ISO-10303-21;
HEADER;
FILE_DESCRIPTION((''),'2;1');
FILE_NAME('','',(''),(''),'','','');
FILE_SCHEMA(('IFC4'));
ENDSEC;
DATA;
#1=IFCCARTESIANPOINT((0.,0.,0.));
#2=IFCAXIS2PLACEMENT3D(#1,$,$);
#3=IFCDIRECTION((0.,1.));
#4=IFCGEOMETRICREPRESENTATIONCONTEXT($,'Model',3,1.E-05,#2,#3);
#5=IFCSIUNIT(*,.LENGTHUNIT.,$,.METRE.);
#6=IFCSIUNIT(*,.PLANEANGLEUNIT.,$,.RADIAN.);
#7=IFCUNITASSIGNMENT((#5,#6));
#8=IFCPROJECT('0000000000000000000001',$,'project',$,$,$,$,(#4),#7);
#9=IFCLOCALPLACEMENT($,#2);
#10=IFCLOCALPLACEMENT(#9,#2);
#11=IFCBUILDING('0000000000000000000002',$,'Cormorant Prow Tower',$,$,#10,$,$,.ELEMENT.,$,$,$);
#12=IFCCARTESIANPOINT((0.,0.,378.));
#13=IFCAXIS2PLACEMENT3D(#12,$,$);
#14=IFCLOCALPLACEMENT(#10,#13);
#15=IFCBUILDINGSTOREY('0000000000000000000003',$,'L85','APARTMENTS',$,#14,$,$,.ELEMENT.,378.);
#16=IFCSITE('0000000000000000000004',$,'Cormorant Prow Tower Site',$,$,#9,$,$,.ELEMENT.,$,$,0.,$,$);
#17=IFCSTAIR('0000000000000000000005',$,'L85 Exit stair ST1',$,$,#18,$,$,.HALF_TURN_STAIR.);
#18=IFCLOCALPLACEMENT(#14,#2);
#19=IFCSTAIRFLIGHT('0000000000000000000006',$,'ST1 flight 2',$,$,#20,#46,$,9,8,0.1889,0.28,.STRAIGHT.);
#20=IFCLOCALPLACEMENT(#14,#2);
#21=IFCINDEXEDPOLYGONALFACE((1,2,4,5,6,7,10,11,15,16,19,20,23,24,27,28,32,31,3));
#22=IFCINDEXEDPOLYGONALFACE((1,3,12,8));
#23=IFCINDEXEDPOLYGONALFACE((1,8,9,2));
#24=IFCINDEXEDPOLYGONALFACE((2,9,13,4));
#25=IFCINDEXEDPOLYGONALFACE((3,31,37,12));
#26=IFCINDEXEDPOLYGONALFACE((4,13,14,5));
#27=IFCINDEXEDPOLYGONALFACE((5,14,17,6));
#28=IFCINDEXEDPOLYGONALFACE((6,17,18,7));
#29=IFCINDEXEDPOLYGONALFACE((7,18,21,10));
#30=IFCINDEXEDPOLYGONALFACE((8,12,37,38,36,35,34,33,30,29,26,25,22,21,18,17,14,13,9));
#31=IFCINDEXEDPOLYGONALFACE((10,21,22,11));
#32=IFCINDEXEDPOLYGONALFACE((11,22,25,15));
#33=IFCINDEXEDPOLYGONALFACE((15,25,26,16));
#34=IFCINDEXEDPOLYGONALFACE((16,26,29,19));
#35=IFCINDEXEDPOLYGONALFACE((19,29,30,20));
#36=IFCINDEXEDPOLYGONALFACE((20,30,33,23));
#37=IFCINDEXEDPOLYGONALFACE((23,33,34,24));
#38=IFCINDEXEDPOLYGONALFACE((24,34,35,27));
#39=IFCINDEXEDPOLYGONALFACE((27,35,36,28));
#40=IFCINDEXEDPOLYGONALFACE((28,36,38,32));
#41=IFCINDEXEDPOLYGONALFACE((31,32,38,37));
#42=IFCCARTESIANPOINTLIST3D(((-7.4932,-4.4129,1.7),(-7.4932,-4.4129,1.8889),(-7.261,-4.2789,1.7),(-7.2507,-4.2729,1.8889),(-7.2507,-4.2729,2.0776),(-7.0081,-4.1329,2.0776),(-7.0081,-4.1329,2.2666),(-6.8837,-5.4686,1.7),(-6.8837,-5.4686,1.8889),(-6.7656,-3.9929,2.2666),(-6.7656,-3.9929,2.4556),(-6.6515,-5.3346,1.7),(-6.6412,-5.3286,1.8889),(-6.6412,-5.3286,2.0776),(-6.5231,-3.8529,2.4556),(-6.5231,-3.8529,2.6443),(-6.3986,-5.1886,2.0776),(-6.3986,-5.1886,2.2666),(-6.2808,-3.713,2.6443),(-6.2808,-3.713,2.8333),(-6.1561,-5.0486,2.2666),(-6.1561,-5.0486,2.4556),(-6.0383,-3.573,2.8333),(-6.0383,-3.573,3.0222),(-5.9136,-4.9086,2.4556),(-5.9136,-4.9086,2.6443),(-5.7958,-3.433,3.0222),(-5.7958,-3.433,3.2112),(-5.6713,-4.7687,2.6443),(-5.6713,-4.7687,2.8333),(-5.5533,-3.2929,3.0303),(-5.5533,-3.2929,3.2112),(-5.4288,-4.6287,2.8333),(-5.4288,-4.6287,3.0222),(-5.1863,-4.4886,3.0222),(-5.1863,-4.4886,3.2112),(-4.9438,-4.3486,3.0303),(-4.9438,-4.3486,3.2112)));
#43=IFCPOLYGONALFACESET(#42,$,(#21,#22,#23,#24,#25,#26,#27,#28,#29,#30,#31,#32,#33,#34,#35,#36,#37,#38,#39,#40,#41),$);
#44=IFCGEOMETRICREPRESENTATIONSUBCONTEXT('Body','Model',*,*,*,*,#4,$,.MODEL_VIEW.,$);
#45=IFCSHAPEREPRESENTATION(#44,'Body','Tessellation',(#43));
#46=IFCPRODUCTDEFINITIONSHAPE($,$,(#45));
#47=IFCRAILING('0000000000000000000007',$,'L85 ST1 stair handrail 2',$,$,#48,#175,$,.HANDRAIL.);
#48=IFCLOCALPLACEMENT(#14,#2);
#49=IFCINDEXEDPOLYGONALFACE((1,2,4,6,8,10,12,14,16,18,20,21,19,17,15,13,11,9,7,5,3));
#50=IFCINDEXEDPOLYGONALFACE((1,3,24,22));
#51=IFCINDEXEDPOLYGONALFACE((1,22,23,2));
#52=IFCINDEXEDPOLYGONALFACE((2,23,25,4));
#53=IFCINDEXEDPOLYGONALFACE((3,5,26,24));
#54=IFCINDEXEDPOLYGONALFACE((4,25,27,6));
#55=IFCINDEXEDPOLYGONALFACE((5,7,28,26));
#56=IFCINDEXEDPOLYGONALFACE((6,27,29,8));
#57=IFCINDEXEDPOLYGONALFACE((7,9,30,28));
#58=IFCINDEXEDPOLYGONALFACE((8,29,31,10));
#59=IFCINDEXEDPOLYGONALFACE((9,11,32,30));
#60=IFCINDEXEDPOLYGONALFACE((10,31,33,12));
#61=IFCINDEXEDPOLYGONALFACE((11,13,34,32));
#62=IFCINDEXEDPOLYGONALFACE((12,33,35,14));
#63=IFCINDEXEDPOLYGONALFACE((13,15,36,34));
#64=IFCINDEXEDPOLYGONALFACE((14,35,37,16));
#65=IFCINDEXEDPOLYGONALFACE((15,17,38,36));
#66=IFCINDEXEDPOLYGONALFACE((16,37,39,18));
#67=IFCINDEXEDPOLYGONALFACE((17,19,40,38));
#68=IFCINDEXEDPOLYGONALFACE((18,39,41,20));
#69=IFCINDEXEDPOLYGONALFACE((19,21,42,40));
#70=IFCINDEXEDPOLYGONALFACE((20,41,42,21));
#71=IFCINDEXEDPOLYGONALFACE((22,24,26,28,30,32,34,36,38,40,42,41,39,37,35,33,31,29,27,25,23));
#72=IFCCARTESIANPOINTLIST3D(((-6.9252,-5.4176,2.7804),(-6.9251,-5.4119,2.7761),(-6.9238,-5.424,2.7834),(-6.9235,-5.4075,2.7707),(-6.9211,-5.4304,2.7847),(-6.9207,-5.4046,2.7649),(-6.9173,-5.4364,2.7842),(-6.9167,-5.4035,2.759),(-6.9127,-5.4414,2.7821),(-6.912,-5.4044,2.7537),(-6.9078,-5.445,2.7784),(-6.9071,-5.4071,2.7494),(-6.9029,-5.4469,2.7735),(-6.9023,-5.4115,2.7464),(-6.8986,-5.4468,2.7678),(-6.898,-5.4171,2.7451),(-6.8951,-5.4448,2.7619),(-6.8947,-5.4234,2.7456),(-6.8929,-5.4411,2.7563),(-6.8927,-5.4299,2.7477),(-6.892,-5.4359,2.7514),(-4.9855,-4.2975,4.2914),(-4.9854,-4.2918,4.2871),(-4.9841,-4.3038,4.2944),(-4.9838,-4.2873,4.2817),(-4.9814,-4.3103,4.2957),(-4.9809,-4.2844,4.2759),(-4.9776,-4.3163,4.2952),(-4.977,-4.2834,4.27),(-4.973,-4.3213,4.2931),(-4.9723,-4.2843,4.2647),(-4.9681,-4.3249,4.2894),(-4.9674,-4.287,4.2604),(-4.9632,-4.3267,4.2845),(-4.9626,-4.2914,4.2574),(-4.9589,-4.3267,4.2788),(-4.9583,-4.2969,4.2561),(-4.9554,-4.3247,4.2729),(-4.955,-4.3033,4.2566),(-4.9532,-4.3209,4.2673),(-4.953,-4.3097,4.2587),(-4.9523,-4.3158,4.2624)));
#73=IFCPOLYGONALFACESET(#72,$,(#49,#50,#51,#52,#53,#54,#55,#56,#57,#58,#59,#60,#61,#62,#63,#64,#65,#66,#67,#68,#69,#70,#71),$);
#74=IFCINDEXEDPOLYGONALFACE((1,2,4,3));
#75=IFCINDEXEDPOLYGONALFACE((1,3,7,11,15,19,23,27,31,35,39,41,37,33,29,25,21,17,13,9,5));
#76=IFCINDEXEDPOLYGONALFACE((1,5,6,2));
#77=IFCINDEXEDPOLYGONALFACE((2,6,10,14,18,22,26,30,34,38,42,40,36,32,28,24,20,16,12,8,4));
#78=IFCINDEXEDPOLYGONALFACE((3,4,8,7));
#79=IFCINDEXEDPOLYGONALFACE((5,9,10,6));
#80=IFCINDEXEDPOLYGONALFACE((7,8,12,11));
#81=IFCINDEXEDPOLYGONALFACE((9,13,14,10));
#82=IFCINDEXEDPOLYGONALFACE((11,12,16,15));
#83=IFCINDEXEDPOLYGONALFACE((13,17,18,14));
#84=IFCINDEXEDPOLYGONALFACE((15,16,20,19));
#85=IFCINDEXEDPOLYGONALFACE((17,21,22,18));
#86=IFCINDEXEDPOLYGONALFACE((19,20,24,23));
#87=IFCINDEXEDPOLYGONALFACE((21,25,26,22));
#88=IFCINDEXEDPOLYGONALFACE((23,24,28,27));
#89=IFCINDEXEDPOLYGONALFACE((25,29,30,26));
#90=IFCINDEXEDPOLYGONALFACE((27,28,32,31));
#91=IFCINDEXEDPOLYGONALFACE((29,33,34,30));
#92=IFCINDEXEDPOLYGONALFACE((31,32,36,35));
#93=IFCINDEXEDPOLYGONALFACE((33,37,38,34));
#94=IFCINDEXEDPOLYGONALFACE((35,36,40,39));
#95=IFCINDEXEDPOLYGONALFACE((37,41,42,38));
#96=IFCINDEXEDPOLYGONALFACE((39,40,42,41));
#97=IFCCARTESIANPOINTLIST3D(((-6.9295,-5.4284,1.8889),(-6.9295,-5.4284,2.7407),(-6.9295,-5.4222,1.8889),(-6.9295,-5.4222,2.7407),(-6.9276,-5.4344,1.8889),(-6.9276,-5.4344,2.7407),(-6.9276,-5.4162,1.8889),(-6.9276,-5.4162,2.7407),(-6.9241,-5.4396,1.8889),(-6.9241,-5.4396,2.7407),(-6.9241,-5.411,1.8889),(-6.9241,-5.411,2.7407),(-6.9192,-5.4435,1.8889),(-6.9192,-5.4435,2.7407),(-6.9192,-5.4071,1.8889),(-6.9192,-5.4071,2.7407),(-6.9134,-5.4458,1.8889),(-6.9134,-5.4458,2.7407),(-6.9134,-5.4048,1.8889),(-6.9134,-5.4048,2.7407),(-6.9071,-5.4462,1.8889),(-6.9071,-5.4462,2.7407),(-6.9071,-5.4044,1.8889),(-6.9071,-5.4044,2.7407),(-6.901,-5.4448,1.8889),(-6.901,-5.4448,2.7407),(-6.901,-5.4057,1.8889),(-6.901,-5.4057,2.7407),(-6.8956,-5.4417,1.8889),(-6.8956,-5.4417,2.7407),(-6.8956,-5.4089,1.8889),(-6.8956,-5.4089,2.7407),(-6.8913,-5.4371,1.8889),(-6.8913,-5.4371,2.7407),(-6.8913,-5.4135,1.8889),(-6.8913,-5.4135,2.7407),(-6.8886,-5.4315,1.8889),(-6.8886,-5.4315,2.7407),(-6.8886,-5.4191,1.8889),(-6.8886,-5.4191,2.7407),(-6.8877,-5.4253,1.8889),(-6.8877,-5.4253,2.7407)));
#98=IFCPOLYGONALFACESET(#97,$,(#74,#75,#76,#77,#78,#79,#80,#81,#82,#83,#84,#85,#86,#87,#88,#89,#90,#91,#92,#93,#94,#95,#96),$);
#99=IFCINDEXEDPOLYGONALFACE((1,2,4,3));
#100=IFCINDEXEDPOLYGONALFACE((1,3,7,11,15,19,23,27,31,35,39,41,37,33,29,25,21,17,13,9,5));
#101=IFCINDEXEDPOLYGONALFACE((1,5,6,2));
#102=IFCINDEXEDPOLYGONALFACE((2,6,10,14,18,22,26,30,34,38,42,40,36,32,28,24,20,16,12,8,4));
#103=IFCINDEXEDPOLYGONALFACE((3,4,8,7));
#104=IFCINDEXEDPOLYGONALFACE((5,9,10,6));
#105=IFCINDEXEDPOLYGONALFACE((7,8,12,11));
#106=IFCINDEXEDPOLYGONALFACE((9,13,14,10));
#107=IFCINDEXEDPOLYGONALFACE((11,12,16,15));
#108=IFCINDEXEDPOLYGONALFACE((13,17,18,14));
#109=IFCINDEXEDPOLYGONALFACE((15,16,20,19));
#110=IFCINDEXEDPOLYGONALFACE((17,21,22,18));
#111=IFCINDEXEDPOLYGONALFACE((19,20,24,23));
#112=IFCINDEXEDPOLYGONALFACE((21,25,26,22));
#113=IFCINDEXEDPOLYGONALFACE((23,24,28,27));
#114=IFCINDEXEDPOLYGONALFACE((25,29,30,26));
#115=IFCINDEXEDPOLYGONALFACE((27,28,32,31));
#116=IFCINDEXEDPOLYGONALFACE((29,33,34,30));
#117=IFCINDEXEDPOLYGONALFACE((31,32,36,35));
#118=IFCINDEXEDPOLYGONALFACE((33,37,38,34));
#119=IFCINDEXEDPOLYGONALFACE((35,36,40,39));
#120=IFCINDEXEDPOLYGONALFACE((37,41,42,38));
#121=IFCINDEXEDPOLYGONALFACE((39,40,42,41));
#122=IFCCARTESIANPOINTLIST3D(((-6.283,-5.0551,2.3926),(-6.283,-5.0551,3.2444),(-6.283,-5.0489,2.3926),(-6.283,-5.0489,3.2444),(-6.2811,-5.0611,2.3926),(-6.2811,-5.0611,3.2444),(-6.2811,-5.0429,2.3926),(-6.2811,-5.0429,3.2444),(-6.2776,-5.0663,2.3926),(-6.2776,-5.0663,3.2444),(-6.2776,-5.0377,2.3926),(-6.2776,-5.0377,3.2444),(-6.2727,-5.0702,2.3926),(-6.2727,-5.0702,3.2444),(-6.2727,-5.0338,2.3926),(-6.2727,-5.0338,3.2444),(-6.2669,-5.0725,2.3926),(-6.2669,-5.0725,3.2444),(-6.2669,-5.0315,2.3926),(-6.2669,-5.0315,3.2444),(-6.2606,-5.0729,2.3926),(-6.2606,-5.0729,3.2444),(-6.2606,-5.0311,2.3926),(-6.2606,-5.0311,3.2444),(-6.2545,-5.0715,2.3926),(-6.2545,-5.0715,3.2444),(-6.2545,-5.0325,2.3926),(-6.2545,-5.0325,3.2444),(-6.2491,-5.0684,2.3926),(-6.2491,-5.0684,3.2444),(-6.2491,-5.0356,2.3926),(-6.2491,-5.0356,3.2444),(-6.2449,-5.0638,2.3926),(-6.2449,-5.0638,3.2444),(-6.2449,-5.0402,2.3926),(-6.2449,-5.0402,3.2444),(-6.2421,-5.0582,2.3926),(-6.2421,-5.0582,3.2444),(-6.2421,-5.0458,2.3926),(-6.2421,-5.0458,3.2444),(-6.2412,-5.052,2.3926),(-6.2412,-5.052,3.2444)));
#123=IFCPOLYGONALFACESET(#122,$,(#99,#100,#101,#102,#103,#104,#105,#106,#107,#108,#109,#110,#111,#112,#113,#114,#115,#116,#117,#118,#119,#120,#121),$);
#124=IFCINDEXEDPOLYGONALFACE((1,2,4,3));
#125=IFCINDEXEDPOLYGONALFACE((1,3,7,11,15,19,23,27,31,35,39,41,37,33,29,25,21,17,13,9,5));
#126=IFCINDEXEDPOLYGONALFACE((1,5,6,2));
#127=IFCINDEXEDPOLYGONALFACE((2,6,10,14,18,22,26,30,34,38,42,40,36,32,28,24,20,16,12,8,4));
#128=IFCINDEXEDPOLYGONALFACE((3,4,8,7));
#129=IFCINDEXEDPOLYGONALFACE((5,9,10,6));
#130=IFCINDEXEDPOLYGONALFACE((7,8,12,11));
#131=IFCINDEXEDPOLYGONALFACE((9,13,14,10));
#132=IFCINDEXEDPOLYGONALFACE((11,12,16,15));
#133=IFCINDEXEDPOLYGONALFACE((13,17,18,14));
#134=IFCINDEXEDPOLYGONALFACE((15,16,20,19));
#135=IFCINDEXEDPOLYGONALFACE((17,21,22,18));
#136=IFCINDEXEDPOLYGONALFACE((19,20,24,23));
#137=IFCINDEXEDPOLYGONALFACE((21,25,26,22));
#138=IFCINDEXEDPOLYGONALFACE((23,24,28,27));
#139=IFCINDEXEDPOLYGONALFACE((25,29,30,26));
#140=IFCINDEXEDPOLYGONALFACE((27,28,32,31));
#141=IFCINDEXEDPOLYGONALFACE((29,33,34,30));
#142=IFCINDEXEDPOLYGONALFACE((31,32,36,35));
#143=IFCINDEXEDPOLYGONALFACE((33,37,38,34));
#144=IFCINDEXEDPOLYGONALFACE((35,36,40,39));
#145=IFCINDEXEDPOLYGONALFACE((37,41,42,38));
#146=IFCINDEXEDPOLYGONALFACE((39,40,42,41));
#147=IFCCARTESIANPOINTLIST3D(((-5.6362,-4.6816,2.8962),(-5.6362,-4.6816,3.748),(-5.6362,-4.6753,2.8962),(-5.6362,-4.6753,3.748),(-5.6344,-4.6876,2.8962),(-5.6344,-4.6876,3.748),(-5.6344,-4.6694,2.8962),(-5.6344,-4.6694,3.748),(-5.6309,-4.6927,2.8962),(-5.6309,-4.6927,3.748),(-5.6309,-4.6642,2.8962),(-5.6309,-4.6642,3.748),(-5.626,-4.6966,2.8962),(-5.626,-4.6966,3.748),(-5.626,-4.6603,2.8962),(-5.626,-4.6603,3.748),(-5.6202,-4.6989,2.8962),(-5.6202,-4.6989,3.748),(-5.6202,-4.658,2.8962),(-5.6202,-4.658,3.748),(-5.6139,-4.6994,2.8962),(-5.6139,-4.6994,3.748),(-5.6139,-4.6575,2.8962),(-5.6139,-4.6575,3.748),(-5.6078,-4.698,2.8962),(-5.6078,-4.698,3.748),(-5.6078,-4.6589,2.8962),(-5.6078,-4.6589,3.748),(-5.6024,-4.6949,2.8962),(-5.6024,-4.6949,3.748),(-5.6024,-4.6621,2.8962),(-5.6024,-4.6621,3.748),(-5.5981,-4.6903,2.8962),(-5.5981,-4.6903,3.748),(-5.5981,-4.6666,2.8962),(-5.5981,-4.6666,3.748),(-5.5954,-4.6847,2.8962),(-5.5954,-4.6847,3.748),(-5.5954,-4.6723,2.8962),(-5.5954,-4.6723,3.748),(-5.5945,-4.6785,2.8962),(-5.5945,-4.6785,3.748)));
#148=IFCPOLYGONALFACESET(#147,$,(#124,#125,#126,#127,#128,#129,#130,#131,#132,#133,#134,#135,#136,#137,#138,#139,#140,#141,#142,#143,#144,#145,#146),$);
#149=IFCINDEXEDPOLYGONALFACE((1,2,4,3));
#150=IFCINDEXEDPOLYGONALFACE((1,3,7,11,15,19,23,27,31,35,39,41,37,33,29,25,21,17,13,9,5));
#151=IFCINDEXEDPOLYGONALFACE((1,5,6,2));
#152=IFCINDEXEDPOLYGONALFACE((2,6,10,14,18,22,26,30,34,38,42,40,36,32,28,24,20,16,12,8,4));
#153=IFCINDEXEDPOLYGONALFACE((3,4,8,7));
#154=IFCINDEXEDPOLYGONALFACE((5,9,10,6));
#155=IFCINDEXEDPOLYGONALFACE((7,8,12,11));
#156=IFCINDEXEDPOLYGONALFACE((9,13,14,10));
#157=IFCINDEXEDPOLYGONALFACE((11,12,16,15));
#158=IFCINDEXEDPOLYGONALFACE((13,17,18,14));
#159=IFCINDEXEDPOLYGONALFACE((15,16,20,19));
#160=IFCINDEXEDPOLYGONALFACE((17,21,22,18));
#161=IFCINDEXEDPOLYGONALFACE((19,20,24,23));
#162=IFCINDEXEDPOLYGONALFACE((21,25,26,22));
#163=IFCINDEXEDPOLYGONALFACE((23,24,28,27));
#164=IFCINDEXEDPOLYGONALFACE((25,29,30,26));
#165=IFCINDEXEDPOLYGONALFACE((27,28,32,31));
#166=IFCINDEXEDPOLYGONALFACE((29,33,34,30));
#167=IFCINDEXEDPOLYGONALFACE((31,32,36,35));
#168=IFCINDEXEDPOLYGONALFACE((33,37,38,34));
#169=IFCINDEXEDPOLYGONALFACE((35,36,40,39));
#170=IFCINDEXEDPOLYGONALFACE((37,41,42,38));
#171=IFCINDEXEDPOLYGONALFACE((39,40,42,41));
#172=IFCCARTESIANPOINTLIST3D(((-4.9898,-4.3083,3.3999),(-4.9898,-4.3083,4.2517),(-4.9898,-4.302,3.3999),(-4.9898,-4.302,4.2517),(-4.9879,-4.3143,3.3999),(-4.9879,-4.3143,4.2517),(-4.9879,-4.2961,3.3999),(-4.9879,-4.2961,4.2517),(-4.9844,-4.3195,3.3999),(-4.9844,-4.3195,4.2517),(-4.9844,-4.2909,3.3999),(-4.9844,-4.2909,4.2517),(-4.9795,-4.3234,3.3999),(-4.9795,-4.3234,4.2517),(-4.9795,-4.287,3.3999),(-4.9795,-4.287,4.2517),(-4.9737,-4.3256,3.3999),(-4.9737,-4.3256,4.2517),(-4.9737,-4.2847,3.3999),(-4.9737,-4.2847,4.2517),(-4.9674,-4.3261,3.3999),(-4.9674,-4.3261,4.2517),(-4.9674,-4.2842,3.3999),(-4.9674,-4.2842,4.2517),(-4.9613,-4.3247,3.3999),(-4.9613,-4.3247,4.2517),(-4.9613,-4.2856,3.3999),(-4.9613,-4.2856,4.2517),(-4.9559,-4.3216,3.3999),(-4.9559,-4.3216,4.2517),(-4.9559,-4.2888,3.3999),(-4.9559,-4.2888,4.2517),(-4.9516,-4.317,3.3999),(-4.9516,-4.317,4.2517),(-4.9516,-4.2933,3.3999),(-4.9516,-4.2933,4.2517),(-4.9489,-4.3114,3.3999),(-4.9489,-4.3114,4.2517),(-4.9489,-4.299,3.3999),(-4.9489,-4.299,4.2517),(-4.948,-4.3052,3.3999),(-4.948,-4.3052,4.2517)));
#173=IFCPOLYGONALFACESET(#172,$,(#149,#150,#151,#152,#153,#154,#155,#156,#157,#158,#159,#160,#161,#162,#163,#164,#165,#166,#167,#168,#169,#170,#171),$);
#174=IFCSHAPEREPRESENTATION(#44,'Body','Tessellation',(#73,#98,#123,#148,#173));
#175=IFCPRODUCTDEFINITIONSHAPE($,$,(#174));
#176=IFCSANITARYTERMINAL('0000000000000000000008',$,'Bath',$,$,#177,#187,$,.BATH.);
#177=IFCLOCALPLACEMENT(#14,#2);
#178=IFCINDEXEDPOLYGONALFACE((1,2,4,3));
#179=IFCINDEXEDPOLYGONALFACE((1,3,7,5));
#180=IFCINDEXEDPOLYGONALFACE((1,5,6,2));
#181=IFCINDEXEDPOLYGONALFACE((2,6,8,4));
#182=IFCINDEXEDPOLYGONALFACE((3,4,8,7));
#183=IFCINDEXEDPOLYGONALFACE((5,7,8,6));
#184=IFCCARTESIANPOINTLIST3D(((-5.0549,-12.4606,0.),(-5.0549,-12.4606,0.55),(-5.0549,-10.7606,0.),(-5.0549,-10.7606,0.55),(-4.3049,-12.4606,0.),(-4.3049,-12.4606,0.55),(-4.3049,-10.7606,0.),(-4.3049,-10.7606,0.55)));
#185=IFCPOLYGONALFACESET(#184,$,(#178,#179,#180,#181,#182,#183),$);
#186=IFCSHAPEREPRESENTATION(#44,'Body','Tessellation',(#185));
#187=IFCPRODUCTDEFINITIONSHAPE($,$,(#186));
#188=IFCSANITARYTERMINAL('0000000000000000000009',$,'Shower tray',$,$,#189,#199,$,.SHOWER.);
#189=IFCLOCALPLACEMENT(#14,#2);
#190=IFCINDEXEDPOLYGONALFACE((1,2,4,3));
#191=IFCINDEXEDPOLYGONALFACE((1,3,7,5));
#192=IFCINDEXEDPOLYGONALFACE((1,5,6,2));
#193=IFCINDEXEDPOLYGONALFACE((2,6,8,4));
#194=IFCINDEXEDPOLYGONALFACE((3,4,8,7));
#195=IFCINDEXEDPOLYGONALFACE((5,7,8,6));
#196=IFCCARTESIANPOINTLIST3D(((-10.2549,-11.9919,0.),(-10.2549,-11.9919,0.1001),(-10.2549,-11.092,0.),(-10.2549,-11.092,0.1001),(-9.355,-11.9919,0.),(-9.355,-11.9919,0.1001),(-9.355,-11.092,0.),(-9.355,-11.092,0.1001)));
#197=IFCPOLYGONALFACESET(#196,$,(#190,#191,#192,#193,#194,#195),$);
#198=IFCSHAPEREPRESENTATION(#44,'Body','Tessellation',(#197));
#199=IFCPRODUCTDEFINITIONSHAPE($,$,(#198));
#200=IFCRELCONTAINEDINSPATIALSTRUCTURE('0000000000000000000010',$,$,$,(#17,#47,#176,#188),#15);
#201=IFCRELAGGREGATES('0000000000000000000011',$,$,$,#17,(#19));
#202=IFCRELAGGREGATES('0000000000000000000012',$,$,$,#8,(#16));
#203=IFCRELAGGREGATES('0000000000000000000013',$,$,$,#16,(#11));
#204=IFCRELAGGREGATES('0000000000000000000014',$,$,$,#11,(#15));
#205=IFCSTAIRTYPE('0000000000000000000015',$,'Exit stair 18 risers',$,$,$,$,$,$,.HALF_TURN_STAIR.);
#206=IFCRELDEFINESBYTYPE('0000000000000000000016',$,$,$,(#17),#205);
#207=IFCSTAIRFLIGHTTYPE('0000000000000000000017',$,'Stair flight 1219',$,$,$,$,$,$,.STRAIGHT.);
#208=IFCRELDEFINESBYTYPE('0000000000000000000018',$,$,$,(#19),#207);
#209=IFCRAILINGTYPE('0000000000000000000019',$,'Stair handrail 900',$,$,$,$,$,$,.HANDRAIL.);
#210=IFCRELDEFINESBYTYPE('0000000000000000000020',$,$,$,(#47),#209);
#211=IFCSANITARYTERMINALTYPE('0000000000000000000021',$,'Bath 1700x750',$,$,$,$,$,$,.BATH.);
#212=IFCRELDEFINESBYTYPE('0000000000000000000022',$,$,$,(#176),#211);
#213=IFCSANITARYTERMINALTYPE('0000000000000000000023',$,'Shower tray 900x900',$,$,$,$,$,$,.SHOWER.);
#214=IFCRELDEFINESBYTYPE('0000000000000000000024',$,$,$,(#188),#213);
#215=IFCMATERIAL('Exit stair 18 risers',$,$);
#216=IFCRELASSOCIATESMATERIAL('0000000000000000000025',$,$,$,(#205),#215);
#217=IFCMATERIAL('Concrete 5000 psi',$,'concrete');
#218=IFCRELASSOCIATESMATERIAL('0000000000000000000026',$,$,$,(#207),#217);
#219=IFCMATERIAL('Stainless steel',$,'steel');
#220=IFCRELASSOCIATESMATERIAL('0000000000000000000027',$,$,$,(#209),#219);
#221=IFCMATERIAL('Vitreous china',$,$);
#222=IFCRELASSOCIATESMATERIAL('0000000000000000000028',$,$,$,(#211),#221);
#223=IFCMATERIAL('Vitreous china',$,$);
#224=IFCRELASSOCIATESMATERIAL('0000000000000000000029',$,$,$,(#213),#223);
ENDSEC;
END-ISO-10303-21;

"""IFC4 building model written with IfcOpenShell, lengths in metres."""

from ifc_helpers import new_model, si_unit, direction, frame, origin, origin_2d, place, context, subcontext, project, spatial, polyline, rectangle, circle, outline, extrude, material, type_object, element, aggregate, save


model = new_model("IFC4")

# Units and contexts
model_context = context("Model", 3, precision=1e-05, world=origin(), true_north=direction((0.0, 1.0)))
body_context = subcontext(model_context, "Body", "Model", "MODEL_VIEW")
ifc_project = project(units=[si_unit("LENGTHUNIT", "METRE"), si_unit("PLANEANGLEUNIT", "RADIAN")], contexts=[model_context])

# Site, building, storey
site_placement = place(None, origin())
site = spatial("IfcSite", under=ifc_project, at=site_placement, Name="Cormorant Prow Tower Site", CompositionType="ELEMENT", RefElevation=0.0)
building_placement = place(site_placement, origin())
building = spatial("IfcBuilding", under=site, at=building_placement, Name="Cormorant Prow Tower", CompositionType="ELEMENT")
storey_placement = place(building_placement, frame((0.0, 0.0, 378.0)))
storey = spatial("IfcBuildingStorey", under=building, at=storey_placement, Name="L85", Description="APARTMENTS", CompositionType="ELEMENT", Elevation=378.0)

# Stair, stair flight
ifc_material_1 = material(Name="Exit stair 18 risers")
stair_type = type_object("IfcStairType", Name="Exit stair 18 risers", PredefinedType="HALF_TURN_STAIR", material=ifc_material_1)
stair_placement = place(storey_placement, origin())
stair = element("IfcStair", 1, at=stair_placement, inside=storey, type_object=stair_type, Name="L85 Exit stair ST1", PredefinedType="HALF_TURN_STAIR")
ifc_material_2 = material(Name="Concrete 5000 psi", Category="concrete")
stair_flight_type = type_object("IfcStairFlightType", Name="Stair flight 1219", PredefinedType="STRAIGHT", material=ifc_material_2)
stair_flight_placement = place(storey_placement, frame((-7.1885, -4.9407, 1.7), z_axis=(0.0, 0.0, 1.0), x_axis=(0.866025, 0.5, 0.0)))
stair_flight = element("IfcStairFlight", 2, at=stair_flight_placement, type_object=stair_flight_type, Name="ST1 flight 2", NumberOfRisers=9, NumberOfTreads=8, PredefinedType="STRAIGHT", RiserHeight=0.1889, TreadLength=0.28, context=body_context, shape_type="SweptSolid", body=[
    extrude(outline(polyline([(0.0, 0.0), (0.0, 0.189), (0.28, 0.189), (0.28, 0.3777), (0.5601, 0.3777), (0.5601, 0.5667), (0.8401, 0.5667), (0.8401, 0.7556), (1.1201, 0.7556), (1.1201, 0.9443), (1.3999, 0.9443), (1.3999, 1.1333), (1.6799, 1.1333), (1.6799, 1.3223), (1.96, 1.3223), (1.96, 1.5112), (2.24, 1.5112), (2.24, 1.7), (2.24, 1.3303), (0.2681, 0.0), (0.0, 0.0)])), frame((0.0, 0.6094, 0.0), z_axis=(0.0, -1.0, 0.0), x_axis=(1.0, 0.0, 0.0)), (0.0, 0.0, 1.0), 1.219),
])
aggregate(stair, [stair_flight])

# Railing
ifc_material_3 = material(Name="Stainless steel", Category="steel")
railing_type = type_object("IfcRailingType", Name="Stair handrail 900", PredefinedType="HANDRAIL", material=ifc_material_3)
railing_placement = place(storey_placement, frame((-6.9087, -5.4253, 1.8889)))
element("IfcRailing", 3, at=railing_placement, inside=storey, type_object=railing_type, Name="L85 ST1 stair handrail 2", PredefinedType="HANDRAIL", context=body_context, shape_type="SweptSolid", body=[
    extrude(circle(Radius=0.0239, at=origin_2d()), frame((0.0, 0.0, 0.876), z_axis=(0.717906, 0.414569, 0.559235), x_axis=(-0.500078, 0.86598, 0.0)), (0.0, 0.0, 1.0), 2.7019),
    extrude(circle(Radius=0.021, at=origin_2d()), origin(), (0.0, 0.0, 1.0), 0.8518),
    extrude(circle(Radius=0.021, at=origin_2d()), frame((0.6465, 0.3733, 0.5037)), (0.0, 0.0, 1.0), 0.8518),
    extrude(circle(Radius=0.021, at=origin_2d()), frame((1.2932, 0.7468, 1.0073)), (0.0, 0.0, 1.0), 0.8518),
    extrude(circle(Radius=0.021, at=origin_2d()), frame((1.9397, 1.1201, 1.511)), (0.0, 0.0, 1.0), 0.8518),
])

# Sanitary terminals
ifc_material_4 = material(Name="Vitreous china")
sanitary_terminal_type_1 = type_object("IfcSanitaryTerminalType", Name="Bath 1700x750", PredefinedType="BATH", material=ifc_material_4)
sanitary_terminal_1_placement = place(storey_placement, frame((-4.6799, -11.6106, 0.0), z_axis=(0.0, 0.0, 1.0), x_axis=(0.0, 1.0, 0.0)))
element("IfcSanitaryTerminal", 4, at=sanitary_terminal_1_placement, inside=storey, type_object=sanitary_terminal_type_1, Name="Bath", PredefinedType="BATH", context=body_context, shape_type="SweptSolid", body=[
    extrude(rectangle(XDim=1.7, YDim=0.75, at=origin_2d()), origin(), (0.0, 0.0, 1.0), 0.55),
])
ifc_material_5 = material(Name="Vitreous china")
sanitary_terminal_type_2 = type_object("IfcSanitaryTerminalType", Name="Shower tray 900x900", PredefinedType="SHOWER", material=ifc_material_5)
sanitary_terminal_2_placement = place(storey_placement, frame((-9.8049, -11.542, 0.0), z_axis=(0.0, 0.0, 1.0), x_axis=(1.0, 0.0, 0.0)))
element("IfcSanitaryTerminal", 5, at=sanitary_terminal_2_placement, inside=storey, type_object=sanitary_terminal_type_2, Name="Shower tray", PredefinedType="SHOWER", context=body_context, shape_type="SweptSolid", body=[
    extrude(rectangle(XDim=0.8999, YDim=0.8999, at=origin_2d()), origin(), (0.0, 0.0, 1.0), 0.1001),
])

save(model, "model.ifc")
